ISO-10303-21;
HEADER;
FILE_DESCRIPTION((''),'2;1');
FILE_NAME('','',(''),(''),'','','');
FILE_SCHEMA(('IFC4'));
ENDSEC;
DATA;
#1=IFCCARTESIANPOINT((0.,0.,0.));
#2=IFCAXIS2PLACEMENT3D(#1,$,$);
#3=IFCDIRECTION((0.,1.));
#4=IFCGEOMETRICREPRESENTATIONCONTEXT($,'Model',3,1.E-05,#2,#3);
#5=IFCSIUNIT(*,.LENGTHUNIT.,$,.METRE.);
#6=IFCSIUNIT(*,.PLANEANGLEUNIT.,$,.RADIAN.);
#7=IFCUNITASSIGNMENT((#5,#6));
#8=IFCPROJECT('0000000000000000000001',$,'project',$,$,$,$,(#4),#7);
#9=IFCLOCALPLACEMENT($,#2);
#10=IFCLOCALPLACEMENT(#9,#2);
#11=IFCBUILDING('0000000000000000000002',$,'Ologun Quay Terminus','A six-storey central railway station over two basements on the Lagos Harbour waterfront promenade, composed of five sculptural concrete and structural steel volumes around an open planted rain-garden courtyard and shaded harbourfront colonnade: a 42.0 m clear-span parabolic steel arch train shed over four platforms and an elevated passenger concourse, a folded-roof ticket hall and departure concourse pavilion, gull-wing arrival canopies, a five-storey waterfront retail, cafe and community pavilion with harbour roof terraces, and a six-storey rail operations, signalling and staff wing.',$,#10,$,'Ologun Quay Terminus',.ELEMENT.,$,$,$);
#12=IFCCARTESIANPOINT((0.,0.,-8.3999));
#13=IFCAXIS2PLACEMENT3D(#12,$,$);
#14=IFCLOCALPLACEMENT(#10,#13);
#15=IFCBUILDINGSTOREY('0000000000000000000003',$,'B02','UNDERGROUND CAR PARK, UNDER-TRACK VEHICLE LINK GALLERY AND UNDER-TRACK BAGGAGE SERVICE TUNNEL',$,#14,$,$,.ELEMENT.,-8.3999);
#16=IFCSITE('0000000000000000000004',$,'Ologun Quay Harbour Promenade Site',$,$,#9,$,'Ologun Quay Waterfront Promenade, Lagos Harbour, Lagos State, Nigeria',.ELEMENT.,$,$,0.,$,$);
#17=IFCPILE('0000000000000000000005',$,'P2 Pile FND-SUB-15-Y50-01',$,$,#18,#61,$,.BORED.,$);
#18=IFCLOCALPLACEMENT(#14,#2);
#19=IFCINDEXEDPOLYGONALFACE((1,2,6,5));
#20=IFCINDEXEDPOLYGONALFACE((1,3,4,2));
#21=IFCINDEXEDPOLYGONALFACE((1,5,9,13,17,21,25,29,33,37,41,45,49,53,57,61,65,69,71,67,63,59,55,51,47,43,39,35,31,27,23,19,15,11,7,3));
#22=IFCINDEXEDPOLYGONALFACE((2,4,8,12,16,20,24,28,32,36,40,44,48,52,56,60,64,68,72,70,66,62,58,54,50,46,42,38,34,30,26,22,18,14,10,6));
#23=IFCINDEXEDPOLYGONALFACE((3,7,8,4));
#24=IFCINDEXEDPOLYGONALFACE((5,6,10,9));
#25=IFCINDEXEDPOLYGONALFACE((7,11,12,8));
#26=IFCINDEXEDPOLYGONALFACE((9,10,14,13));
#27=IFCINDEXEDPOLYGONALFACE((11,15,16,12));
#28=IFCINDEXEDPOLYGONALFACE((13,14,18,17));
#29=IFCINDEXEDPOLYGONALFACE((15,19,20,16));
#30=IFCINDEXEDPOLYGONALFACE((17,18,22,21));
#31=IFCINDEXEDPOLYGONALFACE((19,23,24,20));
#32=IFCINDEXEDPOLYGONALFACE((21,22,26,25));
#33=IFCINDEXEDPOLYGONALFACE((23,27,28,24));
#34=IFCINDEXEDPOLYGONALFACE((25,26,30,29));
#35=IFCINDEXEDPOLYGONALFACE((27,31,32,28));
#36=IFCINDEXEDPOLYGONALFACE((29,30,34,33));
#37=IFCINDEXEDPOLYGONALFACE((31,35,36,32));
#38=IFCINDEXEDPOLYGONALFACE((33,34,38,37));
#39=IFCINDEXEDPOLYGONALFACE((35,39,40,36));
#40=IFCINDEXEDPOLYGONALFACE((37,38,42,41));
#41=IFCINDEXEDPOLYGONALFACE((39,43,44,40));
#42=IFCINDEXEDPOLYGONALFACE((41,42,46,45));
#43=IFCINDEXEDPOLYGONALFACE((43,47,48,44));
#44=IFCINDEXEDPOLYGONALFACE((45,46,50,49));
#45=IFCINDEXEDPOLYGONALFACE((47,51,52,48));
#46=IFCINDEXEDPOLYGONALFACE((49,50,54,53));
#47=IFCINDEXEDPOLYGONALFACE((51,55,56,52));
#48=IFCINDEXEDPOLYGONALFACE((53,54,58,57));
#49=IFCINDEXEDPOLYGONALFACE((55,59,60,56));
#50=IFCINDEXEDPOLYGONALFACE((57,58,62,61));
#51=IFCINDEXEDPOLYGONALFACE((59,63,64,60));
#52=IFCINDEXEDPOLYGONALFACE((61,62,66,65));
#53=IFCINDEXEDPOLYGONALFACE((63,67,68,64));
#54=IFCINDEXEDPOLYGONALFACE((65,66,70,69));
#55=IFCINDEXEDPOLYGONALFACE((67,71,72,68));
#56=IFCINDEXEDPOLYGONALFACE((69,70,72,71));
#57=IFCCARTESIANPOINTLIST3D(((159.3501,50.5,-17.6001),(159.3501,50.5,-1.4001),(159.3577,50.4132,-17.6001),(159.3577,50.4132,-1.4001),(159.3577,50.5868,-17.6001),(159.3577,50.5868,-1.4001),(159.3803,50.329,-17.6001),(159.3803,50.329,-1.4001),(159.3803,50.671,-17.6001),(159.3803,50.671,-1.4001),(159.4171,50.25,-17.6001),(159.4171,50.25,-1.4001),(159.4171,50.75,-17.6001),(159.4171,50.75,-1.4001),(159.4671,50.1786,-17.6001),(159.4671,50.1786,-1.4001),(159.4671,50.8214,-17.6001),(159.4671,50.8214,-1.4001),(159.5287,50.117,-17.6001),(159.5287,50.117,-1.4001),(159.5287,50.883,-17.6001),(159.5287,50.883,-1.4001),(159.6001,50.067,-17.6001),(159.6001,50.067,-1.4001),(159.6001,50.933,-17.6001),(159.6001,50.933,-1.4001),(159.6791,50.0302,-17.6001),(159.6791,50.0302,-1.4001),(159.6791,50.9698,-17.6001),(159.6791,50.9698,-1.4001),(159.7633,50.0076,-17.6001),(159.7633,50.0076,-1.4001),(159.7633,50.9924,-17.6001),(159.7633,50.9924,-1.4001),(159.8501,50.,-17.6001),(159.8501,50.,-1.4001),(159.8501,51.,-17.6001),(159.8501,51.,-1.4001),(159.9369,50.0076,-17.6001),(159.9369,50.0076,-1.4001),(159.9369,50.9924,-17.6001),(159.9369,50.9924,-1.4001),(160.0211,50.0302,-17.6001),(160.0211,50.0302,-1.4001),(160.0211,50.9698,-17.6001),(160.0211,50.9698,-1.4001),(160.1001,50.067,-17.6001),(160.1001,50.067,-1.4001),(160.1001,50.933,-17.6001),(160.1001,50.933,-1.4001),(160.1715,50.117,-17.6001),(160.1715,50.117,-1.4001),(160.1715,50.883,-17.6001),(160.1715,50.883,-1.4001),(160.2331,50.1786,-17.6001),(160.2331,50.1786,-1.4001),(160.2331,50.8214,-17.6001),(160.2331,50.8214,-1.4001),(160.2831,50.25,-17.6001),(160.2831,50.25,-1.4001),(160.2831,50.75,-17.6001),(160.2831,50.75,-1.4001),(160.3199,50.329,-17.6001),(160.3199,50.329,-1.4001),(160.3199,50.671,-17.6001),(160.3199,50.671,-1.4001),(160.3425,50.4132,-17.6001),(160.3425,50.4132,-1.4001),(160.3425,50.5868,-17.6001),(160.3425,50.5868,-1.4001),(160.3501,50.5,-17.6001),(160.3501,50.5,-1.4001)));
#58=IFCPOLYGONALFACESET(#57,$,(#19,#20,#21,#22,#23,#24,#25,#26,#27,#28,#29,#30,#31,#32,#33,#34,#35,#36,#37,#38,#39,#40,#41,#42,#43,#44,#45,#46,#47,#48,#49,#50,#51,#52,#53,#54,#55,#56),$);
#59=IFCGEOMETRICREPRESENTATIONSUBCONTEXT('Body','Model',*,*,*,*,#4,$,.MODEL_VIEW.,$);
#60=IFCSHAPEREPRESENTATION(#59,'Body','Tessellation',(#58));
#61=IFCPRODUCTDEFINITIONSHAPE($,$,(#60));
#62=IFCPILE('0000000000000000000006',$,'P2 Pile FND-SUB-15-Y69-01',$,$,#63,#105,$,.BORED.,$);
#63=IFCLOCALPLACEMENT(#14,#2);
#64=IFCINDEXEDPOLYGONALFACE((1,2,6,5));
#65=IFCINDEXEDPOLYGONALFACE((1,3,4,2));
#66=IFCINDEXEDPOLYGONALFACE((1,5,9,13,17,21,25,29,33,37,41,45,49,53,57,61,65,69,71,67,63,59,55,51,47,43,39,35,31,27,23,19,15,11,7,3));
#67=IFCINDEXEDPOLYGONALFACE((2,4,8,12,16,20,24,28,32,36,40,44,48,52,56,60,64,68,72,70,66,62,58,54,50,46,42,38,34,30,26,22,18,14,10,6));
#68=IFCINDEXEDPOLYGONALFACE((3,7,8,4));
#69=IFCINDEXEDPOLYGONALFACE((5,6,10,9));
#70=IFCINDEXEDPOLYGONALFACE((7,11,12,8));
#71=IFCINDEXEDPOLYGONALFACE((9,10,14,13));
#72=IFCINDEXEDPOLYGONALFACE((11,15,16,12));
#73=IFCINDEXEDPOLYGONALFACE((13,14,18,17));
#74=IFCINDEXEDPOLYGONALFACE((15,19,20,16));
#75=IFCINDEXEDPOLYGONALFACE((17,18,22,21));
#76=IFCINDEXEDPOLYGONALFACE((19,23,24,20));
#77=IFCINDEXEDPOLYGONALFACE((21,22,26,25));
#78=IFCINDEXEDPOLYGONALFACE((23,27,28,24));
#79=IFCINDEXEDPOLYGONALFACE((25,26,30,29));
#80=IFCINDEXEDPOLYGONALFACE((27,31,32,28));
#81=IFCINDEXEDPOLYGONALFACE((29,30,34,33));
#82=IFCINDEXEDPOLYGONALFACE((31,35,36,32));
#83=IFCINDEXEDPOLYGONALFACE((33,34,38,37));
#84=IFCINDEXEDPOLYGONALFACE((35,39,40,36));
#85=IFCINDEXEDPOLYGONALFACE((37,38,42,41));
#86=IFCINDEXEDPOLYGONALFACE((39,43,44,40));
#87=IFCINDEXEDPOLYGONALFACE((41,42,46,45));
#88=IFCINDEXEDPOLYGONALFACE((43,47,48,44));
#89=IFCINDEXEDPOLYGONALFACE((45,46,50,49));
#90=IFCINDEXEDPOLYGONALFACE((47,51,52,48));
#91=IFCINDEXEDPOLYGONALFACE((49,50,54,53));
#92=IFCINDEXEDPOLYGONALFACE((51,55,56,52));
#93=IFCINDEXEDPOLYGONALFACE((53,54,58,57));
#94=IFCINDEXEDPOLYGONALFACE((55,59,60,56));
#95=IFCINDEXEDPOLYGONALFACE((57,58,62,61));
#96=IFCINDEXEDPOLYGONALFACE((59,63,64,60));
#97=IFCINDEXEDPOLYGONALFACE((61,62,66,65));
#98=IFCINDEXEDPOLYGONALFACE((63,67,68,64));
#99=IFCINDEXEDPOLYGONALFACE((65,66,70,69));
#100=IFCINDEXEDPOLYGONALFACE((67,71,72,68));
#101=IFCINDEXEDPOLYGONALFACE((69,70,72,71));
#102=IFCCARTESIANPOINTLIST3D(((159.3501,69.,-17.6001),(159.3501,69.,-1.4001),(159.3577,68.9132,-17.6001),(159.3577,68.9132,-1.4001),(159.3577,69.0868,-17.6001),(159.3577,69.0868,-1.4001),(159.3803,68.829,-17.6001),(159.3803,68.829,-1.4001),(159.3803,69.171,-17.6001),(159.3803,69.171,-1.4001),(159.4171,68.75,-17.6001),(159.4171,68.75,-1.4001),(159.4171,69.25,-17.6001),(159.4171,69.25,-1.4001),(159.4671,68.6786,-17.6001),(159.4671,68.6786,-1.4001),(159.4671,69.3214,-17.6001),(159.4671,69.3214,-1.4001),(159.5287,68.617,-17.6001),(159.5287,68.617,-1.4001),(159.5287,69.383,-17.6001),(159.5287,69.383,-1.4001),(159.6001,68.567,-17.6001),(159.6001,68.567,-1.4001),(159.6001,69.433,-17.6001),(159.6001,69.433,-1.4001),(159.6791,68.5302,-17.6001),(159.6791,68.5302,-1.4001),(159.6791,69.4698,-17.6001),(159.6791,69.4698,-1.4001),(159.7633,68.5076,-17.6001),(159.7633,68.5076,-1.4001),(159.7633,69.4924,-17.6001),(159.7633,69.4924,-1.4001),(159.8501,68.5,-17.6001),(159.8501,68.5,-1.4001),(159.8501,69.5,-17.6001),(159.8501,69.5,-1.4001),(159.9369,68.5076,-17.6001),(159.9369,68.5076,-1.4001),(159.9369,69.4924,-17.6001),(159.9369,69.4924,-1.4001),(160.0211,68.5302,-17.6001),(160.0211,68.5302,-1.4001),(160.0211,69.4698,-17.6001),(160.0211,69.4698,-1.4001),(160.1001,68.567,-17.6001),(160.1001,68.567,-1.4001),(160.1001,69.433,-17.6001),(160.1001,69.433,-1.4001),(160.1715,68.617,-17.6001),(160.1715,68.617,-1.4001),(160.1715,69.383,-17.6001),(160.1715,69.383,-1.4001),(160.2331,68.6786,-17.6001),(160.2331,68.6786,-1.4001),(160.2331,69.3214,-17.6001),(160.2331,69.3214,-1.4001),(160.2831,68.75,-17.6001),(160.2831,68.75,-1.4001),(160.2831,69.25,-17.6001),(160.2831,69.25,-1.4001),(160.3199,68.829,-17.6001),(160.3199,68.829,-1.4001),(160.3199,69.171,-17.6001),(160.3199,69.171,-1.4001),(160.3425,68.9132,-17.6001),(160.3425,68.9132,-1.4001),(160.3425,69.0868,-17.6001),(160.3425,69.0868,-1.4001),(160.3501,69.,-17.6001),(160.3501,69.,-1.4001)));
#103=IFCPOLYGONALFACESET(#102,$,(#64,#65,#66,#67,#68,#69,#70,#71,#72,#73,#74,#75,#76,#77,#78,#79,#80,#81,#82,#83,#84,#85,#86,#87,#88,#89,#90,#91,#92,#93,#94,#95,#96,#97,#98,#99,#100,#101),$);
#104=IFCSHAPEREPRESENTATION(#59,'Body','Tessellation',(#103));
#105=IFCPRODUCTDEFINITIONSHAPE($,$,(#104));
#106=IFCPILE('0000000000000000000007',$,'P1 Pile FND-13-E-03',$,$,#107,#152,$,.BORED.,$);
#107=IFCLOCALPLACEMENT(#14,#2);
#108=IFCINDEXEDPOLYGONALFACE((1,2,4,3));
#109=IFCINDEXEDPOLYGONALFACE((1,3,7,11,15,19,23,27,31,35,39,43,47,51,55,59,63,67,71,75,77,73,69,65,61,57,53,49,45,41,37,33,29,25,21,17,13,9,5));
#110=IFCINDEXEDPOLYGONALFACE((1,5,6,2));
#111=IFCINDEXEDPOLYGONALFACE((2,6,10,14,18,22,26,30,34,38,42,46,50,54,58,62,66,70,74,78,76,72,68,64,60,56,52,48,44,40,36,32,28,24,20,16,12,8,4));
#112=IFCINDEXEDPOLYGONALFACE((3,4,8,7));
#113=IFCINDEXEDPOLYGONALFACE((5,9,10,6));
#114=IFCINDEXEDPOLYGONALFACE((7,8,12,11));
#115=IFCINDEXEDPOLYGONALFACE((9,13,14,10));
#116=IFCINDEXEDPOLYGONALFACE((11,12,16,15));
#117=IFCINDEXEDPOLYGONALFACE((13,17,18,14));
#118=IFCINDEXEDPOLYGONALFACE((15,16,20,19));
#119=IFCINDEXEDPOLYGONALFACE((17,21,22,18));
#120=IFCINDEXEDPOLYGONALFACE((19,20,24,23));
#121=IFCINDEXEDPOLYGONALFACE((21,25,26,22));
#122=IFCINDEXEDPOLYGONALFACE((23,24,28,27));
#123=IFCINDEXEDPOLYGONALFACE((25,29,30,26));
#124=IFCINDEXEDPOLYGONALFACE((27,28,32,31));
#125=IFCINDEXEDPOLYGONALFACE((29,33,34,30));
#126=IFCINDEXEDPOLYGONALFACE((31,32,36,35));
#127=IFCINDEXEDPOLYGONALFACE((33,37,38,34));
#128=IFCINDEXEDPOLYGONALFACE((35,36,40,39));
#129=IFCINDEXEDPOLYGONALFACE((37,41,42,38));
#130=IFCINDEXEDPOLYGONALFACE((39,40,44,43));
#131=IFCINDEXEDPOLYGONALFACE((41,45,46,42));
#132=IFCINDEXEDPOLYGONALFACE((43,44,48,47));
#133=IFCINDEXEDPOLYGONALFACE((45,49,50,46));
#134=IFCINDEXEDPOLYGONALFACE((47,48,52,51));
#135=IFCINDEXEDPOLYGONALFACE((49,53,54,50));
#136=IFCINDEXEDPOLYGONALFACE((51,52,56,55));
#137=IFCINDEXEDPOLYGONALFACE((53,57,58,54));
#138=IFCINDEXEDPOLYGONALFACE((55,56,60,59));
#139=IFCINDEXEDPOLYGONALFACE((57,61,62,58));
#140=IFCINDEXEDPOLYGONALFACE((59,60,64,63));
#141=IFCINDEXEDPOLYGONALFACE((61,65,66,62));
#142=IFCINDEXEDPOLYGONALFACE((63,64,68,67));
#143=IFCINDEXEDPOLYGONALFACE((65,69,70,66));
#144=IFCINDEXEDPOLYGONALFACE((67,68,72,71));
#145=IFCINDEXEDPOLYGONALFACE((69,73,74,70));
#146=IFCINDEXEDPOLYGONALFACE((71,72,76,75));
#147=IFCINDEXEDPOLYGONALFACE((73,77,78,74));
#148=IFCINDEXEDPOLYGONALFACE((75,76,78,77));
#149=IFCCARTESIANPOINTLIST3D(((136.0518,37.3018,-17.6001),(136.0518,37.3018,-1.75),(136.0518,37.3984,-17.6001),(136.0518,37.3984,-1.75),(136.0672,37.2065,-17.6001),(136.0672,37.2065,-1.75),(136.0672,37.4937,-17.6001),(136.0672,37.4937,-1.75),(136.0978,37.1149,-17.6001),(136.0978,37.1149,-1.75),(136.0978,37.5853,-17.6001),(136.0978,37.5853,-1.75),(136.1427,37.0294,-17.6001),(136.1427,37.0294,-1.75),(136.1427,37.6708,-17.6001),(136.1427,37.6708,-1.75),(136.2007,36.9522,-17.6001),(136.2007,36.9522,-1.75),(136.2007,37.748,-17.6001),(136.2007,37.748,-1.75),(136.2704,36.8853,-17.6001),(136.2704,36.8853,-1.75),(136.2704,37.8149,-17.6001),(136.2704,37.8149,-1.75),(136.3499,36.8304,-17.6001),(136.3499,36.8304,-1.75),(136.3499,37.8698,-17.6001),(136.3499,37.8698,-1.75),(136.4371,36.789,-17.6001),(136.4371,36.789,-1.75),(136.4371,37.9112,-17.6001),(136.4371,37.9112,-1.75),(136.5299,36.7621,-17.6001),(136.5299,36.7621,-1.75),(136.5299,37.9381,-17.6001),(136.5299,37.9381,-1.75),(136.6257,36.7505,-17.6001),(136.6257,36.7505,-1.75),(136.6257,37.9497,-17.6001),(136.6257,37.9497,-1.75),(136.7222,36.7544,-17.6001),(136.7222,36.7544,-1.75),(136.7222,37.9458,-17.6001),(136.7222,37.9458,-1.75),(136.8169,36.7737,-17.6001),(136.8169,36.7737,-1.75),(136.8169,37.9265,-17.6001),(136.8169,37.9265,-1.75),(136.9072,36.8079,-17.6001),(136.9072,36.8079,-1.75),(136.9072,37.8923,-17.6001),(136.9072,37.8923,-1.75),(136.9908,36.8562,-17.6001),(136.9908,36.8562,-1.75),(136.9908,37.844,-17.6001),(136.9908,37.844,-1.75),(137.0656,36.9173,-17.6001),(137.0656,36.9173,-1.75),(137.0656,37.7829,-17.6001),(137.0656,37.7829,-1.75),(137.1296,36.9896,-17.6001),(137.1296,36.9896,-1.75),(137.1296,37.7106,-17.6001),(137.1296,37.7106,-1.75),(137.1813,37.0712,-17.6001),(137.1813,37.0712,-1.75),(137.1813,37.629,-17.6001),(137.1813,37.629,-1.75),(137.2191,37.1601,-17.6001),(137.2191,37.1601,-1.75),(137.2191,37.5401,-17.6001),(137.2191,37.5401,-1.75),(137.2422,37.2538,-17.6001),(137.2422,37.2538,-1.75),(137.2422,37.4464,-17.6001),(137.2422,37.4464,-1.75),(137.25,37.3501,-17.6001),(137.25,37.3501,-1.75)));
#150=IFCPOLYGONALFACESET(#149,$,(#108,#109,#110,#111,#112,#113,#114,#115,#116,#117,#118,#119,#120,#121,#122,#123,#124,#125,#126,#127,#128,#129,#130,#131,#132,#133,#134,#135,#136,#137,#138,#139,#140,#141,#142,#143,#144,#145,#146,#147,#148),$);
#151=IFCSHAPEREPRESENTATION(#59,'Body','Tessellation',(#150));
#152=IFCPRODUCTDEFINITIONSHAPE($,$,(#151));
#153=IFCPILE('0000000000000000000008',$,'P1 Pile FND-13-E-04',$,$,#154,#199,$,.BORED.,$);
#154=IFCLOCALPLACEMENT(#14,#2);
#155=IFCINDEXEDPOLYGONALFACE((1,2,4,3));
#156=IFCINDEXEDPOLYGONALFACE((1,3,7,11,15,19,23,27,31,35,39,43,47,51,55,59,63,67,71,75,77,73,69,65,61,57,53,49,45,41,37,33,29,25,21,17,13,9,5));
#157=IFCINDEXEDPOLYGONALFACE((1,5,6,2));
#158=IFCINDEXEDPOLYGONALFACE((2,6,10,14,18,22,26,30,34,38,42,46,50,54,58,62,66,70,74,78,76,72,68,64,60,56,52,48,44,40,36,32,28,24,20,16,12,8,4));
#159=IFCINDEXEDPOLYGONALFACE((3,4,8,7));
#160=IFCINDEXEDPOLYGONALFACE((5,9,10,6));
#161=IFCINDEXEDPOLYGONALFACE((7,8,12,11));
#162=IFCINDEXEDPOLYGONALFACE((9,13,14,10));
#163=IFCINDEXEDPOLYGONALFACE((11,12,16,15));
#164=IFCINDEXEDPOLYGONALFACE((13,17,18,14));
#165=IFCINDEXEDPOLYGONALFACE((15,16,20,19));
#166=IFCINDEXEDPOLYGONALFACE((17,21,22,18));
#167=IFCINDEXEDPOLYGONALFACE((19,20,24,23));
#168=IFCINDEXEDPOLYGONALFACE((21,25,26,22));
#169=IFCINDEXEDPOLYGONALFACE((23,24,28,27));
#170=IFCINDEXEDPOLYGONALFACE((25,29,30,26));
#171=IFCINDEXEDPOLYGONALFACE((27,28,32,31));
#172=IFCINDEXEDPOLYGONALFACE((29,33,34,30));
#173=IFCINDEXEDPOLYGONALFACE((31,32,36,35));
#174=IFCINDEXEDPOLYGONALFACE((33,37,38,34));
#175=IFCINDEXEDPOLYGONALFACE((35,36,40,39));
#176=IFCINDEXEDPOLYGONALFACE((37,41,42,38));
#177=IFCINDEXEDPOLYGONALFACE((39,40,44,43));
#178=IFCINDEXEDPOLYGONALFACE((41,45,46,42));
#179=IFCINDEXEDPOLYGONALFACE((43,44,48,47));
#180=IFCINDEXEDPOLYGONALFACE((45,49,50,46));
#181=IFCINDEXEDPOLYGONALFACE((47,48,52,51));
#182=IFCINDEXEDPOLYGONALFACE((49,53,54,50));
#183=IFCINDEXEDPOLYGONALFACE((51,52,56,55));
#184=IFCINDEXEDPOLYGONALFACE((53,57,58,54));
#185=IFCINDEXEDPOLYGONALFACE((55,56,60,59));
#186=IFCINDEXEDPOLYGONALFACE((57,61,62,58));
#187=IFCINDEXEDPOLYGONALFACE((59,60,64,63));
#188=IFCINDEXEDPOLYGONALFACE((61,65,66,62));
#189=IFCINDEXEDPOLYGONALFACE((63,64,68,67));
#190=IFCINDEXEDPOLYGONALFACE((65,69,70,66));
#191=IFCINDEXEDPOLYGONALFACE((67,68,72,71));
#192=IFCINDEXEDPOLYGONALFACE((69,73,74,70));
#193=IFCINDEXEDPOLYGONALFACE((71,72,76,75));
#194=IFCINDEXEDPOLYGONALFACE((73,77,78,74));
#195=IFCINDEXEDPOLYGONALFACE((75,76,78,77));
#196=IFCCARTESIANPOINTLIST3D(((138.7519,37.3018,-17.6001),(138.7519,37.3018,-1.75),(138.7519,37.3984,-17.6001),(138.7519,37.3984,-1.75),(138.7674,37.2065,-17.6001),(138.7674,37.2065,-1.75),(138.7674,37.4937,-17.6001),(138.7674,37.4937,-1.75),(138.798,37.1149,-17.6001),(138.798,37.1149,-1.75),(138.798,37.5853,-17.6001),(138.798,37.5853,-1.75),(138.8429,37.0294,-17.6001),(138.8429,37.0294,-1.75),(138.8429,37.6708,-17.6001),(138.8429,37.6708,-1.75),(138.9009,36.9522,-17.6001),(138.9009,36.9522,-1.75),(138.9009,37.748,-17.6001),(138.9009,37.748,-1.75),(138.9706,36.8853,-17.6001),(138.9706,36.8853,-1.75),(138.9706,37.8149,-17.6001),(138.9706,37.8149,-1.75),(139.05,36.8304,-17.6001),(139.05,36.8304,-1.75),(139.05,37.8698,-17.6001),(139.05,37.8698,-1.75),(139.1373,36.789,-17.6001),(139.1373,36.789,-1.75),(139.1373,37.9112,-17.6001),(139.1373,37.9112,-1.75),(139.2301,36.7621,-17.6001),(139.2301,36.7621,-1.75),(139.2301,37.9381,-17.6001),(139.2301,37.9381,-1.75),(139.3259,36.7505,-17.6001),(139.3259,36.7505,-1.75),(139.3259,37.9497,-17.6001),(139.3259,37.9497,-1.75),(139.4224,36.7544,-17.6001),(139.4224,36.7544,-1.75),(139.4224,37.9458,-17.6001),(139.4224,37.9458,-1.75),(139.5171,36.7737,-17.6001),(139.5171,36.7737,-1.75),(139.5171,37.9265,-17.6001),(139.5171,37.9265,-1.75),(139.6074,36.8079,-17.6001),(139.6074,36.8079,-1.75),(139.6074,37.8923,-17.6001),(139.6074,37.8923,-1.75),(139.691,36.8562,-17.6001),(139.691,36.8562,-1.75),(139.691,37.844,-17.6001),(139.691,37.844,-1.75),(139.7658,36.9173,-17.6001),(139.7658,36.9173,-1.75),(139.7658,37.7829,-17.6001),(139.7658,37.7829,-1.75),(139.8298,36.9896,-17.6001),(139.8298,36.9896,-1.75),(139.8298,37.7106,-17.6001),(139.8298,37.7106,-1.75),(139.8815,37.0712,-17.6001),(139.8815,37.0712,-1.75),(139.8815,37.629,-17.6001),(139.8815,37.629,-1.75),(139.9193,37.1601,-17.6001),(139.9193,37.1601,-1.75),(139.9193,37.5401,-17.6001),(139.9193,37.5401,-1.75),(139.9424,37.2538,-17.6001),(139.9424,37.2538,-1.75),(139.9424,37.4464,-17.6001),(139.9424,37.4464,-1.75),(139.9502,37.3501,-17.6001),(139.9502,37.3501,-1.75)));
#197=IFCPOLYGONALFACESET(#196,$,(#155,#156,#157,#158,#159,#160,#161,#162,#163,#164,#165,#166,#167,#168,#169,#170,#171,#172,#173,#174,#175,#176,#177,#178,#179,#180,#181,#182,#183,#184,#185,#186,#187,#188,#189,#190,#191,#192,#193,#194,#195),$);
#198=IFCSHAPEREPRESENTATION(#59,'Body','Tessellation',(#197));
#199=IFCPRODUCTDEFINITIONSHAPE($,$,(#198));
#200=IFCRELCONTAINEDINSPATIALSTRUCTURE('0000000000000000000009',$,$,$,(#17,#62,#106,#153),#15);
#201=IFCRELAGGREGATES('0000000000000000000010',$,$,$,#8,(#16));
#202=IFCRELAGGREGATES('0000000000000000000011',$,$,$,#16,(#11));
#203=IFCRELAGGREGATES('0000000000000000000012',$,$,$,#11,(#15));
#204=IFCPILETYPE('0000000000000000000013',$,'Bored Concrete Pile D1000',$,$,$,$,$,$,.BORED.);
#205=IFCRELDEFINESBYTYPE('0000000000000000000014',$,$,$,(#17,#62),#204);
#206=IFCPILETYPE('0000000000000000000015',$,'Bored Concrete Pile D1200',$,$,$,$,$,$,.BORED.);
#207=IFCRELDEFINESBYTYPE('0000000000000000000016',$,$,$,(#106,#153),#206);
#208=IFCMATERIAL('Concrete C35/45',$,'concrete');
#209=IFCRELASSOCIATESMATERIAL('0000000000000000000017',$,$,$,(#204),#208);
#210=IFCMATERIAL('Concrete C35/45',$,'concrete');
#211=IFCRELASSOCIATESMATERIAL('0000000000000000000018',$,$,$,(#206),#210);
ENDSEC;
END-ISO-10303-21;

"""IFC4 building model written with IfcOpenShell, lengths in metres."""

from ifc_helpers import new_model, si_unit, direction, frame, origin, origin_2d, place, context, subcontext, project, spatial, circle, extrude, material, material_profile, profile_set, type_object, element, save


model = new_model("IFC4")

# Units and contexts
model_context = context("Model", 3, precision=1e-05, world=origin(), true_north=direction((0.0, 1.0)))
body_context = subcontext(model_context, "Body", "Model", "MODEL_VIEW")
ifc_project = project(units=[si_unit("LENGTHUNIT", "METRE"), si_unit("PLANEANGLEUNIT", "RADIAN")], contexts=[model_context])

# Site, building, storey
site_placement = place(None, origin())
site = spatial("IfcSite", under=ifc_project, at=site_placement, Name="Ologun Quay Harbour Promenade Site", LongName="Ologun Quay Waterfront Promenade, Lagos Harbour, Lagos State, Nigeria", CompositionType="ELEMENT", RefElevation=0.0)
building_placement = place(site_placement, origin())
building = spatial("IfcBuilding", under=site, at=building_placement, Name="Ologun Quay Terminus", Description="A six-storey central railway station over two basements on the Lagos Harbour waterfront promenade, composed of five sculptural concrete and structural steel volumes around an open planted rain-garden courtyard and shaded harbourfront colonnade: a 42.0 m clear-span parabolic steel arch train shed over four platforms and an elevated passenger concourse, a folded-roof ticket hall and departure concourse pavilion, gull-wing arrival canopies, a five-storey waterfront retail, cafe and community pavilion with harbour roof terraces, and a six-storey rail operations, signalling and staff wing.", LongName="Ologun Quay Terminus", CompositionType="ELEMENT")
storey_placement = place(building_placement, frame((0.0, 0.0, -8.3999)))
storey = spatial("IfcBuildingStorey", under=building, at=storey_placement, Name="B02", Description="UNDERGROUND CAR PARK, UNDER-TRACK VEHICLE LINK GALLERY AND UNDER-TRACK BAGGAGE SERVICE TUNNEL", CompositionType="ELEMENT", Elevation=-8.3999)

# Piles
ifc_material_1 = material(Name="Concrete C35/45", Category="concrete")
ifc_material_profile_1 = material_profile(ifc_material_1, circle(Radius=0.5, at=origin_2d()), Name="PILE D1000")
ifc_profile_set_1 = profile_set([ifc_material_profile_1], Name="Concrete C35/45")
pile_type_1 = type_object("IfcPileType", Name="Bored Concrete Pile D1000", PredefinedType="BORED", material=ifc_profile_set_1)
for number, where, z_axis, x_axis, name in (
    (1, (159.8501, 50.5, -1.4001), (0.0, 0.0, -1.0), (1.0, 0.0, 0.0), "P2 Pile FND-SUB-15-Y50-01"),
    (2, (159.8501, 69.0, -1.4001), (0.0, 0.0, -1.0), (1.0, 0.0, 0.0), "P2 Pile FND-SUB-15-Y69-01"),
):
    element("IfcPile", number, at=place(storey_placement, frame(where, z_axis=z_axis, x_axis=x_axis)), inside=storey, type_object=pile_type_1, Name=name, PredefinedType="BORED", context=body_context, shape_type="SweptSolid", body=[
        extrude(circle(Radius=0.5, at=origin_2d()), origin(), (0.0, 0.0, 1.0), 16.2),
    ])
ifc_material_2 = material(Name="Concrete C35/45", Category="concrete")
ifc_material_profile_2 = material_profile(ifc_material_2, circle(Radius=0.6001, at=origin_2d()), Name="PILE D1200")
ifc_profile_set_2 = profile_set([ifc_material_profile_2], Name="Concrete C35/45")
pile_type_2 = type_object("IfcPileType", Name="Bored Concrete Pile D1200", PredefinedType="BORED", material=ifc_profile_set_2)
for number, where, z_axis, x_axis, name in (
    (3, (136.6499, 37.3501, -1.75), (0.0, 0.0, -1.0), (1.0, 0.0, 0.0), "P1 Pile FND-13-E-03"),
    (4, (139.3501, 37.3501, -1.75), (0.0, 0.0, -1.0), (1.0, 0.0, 0.0), "P1 Pile FND-13-E-04"),
):
    element("IfcPile", number, at=place(storey_placement, frame(where, z_axis=z_axis, x_axis=x_axis)), inside=storey, type_object=pile_type_2, Name=name, PredefinedType="BORED", context=body_context, shape_type="SweptSolid", body=[
        extrude(circle(Radius=0.6001, at=origin_2d()), origin(), (0.0, 0.0, 1.0), 15.8501),
    ])

save(model, "model.ifc")
